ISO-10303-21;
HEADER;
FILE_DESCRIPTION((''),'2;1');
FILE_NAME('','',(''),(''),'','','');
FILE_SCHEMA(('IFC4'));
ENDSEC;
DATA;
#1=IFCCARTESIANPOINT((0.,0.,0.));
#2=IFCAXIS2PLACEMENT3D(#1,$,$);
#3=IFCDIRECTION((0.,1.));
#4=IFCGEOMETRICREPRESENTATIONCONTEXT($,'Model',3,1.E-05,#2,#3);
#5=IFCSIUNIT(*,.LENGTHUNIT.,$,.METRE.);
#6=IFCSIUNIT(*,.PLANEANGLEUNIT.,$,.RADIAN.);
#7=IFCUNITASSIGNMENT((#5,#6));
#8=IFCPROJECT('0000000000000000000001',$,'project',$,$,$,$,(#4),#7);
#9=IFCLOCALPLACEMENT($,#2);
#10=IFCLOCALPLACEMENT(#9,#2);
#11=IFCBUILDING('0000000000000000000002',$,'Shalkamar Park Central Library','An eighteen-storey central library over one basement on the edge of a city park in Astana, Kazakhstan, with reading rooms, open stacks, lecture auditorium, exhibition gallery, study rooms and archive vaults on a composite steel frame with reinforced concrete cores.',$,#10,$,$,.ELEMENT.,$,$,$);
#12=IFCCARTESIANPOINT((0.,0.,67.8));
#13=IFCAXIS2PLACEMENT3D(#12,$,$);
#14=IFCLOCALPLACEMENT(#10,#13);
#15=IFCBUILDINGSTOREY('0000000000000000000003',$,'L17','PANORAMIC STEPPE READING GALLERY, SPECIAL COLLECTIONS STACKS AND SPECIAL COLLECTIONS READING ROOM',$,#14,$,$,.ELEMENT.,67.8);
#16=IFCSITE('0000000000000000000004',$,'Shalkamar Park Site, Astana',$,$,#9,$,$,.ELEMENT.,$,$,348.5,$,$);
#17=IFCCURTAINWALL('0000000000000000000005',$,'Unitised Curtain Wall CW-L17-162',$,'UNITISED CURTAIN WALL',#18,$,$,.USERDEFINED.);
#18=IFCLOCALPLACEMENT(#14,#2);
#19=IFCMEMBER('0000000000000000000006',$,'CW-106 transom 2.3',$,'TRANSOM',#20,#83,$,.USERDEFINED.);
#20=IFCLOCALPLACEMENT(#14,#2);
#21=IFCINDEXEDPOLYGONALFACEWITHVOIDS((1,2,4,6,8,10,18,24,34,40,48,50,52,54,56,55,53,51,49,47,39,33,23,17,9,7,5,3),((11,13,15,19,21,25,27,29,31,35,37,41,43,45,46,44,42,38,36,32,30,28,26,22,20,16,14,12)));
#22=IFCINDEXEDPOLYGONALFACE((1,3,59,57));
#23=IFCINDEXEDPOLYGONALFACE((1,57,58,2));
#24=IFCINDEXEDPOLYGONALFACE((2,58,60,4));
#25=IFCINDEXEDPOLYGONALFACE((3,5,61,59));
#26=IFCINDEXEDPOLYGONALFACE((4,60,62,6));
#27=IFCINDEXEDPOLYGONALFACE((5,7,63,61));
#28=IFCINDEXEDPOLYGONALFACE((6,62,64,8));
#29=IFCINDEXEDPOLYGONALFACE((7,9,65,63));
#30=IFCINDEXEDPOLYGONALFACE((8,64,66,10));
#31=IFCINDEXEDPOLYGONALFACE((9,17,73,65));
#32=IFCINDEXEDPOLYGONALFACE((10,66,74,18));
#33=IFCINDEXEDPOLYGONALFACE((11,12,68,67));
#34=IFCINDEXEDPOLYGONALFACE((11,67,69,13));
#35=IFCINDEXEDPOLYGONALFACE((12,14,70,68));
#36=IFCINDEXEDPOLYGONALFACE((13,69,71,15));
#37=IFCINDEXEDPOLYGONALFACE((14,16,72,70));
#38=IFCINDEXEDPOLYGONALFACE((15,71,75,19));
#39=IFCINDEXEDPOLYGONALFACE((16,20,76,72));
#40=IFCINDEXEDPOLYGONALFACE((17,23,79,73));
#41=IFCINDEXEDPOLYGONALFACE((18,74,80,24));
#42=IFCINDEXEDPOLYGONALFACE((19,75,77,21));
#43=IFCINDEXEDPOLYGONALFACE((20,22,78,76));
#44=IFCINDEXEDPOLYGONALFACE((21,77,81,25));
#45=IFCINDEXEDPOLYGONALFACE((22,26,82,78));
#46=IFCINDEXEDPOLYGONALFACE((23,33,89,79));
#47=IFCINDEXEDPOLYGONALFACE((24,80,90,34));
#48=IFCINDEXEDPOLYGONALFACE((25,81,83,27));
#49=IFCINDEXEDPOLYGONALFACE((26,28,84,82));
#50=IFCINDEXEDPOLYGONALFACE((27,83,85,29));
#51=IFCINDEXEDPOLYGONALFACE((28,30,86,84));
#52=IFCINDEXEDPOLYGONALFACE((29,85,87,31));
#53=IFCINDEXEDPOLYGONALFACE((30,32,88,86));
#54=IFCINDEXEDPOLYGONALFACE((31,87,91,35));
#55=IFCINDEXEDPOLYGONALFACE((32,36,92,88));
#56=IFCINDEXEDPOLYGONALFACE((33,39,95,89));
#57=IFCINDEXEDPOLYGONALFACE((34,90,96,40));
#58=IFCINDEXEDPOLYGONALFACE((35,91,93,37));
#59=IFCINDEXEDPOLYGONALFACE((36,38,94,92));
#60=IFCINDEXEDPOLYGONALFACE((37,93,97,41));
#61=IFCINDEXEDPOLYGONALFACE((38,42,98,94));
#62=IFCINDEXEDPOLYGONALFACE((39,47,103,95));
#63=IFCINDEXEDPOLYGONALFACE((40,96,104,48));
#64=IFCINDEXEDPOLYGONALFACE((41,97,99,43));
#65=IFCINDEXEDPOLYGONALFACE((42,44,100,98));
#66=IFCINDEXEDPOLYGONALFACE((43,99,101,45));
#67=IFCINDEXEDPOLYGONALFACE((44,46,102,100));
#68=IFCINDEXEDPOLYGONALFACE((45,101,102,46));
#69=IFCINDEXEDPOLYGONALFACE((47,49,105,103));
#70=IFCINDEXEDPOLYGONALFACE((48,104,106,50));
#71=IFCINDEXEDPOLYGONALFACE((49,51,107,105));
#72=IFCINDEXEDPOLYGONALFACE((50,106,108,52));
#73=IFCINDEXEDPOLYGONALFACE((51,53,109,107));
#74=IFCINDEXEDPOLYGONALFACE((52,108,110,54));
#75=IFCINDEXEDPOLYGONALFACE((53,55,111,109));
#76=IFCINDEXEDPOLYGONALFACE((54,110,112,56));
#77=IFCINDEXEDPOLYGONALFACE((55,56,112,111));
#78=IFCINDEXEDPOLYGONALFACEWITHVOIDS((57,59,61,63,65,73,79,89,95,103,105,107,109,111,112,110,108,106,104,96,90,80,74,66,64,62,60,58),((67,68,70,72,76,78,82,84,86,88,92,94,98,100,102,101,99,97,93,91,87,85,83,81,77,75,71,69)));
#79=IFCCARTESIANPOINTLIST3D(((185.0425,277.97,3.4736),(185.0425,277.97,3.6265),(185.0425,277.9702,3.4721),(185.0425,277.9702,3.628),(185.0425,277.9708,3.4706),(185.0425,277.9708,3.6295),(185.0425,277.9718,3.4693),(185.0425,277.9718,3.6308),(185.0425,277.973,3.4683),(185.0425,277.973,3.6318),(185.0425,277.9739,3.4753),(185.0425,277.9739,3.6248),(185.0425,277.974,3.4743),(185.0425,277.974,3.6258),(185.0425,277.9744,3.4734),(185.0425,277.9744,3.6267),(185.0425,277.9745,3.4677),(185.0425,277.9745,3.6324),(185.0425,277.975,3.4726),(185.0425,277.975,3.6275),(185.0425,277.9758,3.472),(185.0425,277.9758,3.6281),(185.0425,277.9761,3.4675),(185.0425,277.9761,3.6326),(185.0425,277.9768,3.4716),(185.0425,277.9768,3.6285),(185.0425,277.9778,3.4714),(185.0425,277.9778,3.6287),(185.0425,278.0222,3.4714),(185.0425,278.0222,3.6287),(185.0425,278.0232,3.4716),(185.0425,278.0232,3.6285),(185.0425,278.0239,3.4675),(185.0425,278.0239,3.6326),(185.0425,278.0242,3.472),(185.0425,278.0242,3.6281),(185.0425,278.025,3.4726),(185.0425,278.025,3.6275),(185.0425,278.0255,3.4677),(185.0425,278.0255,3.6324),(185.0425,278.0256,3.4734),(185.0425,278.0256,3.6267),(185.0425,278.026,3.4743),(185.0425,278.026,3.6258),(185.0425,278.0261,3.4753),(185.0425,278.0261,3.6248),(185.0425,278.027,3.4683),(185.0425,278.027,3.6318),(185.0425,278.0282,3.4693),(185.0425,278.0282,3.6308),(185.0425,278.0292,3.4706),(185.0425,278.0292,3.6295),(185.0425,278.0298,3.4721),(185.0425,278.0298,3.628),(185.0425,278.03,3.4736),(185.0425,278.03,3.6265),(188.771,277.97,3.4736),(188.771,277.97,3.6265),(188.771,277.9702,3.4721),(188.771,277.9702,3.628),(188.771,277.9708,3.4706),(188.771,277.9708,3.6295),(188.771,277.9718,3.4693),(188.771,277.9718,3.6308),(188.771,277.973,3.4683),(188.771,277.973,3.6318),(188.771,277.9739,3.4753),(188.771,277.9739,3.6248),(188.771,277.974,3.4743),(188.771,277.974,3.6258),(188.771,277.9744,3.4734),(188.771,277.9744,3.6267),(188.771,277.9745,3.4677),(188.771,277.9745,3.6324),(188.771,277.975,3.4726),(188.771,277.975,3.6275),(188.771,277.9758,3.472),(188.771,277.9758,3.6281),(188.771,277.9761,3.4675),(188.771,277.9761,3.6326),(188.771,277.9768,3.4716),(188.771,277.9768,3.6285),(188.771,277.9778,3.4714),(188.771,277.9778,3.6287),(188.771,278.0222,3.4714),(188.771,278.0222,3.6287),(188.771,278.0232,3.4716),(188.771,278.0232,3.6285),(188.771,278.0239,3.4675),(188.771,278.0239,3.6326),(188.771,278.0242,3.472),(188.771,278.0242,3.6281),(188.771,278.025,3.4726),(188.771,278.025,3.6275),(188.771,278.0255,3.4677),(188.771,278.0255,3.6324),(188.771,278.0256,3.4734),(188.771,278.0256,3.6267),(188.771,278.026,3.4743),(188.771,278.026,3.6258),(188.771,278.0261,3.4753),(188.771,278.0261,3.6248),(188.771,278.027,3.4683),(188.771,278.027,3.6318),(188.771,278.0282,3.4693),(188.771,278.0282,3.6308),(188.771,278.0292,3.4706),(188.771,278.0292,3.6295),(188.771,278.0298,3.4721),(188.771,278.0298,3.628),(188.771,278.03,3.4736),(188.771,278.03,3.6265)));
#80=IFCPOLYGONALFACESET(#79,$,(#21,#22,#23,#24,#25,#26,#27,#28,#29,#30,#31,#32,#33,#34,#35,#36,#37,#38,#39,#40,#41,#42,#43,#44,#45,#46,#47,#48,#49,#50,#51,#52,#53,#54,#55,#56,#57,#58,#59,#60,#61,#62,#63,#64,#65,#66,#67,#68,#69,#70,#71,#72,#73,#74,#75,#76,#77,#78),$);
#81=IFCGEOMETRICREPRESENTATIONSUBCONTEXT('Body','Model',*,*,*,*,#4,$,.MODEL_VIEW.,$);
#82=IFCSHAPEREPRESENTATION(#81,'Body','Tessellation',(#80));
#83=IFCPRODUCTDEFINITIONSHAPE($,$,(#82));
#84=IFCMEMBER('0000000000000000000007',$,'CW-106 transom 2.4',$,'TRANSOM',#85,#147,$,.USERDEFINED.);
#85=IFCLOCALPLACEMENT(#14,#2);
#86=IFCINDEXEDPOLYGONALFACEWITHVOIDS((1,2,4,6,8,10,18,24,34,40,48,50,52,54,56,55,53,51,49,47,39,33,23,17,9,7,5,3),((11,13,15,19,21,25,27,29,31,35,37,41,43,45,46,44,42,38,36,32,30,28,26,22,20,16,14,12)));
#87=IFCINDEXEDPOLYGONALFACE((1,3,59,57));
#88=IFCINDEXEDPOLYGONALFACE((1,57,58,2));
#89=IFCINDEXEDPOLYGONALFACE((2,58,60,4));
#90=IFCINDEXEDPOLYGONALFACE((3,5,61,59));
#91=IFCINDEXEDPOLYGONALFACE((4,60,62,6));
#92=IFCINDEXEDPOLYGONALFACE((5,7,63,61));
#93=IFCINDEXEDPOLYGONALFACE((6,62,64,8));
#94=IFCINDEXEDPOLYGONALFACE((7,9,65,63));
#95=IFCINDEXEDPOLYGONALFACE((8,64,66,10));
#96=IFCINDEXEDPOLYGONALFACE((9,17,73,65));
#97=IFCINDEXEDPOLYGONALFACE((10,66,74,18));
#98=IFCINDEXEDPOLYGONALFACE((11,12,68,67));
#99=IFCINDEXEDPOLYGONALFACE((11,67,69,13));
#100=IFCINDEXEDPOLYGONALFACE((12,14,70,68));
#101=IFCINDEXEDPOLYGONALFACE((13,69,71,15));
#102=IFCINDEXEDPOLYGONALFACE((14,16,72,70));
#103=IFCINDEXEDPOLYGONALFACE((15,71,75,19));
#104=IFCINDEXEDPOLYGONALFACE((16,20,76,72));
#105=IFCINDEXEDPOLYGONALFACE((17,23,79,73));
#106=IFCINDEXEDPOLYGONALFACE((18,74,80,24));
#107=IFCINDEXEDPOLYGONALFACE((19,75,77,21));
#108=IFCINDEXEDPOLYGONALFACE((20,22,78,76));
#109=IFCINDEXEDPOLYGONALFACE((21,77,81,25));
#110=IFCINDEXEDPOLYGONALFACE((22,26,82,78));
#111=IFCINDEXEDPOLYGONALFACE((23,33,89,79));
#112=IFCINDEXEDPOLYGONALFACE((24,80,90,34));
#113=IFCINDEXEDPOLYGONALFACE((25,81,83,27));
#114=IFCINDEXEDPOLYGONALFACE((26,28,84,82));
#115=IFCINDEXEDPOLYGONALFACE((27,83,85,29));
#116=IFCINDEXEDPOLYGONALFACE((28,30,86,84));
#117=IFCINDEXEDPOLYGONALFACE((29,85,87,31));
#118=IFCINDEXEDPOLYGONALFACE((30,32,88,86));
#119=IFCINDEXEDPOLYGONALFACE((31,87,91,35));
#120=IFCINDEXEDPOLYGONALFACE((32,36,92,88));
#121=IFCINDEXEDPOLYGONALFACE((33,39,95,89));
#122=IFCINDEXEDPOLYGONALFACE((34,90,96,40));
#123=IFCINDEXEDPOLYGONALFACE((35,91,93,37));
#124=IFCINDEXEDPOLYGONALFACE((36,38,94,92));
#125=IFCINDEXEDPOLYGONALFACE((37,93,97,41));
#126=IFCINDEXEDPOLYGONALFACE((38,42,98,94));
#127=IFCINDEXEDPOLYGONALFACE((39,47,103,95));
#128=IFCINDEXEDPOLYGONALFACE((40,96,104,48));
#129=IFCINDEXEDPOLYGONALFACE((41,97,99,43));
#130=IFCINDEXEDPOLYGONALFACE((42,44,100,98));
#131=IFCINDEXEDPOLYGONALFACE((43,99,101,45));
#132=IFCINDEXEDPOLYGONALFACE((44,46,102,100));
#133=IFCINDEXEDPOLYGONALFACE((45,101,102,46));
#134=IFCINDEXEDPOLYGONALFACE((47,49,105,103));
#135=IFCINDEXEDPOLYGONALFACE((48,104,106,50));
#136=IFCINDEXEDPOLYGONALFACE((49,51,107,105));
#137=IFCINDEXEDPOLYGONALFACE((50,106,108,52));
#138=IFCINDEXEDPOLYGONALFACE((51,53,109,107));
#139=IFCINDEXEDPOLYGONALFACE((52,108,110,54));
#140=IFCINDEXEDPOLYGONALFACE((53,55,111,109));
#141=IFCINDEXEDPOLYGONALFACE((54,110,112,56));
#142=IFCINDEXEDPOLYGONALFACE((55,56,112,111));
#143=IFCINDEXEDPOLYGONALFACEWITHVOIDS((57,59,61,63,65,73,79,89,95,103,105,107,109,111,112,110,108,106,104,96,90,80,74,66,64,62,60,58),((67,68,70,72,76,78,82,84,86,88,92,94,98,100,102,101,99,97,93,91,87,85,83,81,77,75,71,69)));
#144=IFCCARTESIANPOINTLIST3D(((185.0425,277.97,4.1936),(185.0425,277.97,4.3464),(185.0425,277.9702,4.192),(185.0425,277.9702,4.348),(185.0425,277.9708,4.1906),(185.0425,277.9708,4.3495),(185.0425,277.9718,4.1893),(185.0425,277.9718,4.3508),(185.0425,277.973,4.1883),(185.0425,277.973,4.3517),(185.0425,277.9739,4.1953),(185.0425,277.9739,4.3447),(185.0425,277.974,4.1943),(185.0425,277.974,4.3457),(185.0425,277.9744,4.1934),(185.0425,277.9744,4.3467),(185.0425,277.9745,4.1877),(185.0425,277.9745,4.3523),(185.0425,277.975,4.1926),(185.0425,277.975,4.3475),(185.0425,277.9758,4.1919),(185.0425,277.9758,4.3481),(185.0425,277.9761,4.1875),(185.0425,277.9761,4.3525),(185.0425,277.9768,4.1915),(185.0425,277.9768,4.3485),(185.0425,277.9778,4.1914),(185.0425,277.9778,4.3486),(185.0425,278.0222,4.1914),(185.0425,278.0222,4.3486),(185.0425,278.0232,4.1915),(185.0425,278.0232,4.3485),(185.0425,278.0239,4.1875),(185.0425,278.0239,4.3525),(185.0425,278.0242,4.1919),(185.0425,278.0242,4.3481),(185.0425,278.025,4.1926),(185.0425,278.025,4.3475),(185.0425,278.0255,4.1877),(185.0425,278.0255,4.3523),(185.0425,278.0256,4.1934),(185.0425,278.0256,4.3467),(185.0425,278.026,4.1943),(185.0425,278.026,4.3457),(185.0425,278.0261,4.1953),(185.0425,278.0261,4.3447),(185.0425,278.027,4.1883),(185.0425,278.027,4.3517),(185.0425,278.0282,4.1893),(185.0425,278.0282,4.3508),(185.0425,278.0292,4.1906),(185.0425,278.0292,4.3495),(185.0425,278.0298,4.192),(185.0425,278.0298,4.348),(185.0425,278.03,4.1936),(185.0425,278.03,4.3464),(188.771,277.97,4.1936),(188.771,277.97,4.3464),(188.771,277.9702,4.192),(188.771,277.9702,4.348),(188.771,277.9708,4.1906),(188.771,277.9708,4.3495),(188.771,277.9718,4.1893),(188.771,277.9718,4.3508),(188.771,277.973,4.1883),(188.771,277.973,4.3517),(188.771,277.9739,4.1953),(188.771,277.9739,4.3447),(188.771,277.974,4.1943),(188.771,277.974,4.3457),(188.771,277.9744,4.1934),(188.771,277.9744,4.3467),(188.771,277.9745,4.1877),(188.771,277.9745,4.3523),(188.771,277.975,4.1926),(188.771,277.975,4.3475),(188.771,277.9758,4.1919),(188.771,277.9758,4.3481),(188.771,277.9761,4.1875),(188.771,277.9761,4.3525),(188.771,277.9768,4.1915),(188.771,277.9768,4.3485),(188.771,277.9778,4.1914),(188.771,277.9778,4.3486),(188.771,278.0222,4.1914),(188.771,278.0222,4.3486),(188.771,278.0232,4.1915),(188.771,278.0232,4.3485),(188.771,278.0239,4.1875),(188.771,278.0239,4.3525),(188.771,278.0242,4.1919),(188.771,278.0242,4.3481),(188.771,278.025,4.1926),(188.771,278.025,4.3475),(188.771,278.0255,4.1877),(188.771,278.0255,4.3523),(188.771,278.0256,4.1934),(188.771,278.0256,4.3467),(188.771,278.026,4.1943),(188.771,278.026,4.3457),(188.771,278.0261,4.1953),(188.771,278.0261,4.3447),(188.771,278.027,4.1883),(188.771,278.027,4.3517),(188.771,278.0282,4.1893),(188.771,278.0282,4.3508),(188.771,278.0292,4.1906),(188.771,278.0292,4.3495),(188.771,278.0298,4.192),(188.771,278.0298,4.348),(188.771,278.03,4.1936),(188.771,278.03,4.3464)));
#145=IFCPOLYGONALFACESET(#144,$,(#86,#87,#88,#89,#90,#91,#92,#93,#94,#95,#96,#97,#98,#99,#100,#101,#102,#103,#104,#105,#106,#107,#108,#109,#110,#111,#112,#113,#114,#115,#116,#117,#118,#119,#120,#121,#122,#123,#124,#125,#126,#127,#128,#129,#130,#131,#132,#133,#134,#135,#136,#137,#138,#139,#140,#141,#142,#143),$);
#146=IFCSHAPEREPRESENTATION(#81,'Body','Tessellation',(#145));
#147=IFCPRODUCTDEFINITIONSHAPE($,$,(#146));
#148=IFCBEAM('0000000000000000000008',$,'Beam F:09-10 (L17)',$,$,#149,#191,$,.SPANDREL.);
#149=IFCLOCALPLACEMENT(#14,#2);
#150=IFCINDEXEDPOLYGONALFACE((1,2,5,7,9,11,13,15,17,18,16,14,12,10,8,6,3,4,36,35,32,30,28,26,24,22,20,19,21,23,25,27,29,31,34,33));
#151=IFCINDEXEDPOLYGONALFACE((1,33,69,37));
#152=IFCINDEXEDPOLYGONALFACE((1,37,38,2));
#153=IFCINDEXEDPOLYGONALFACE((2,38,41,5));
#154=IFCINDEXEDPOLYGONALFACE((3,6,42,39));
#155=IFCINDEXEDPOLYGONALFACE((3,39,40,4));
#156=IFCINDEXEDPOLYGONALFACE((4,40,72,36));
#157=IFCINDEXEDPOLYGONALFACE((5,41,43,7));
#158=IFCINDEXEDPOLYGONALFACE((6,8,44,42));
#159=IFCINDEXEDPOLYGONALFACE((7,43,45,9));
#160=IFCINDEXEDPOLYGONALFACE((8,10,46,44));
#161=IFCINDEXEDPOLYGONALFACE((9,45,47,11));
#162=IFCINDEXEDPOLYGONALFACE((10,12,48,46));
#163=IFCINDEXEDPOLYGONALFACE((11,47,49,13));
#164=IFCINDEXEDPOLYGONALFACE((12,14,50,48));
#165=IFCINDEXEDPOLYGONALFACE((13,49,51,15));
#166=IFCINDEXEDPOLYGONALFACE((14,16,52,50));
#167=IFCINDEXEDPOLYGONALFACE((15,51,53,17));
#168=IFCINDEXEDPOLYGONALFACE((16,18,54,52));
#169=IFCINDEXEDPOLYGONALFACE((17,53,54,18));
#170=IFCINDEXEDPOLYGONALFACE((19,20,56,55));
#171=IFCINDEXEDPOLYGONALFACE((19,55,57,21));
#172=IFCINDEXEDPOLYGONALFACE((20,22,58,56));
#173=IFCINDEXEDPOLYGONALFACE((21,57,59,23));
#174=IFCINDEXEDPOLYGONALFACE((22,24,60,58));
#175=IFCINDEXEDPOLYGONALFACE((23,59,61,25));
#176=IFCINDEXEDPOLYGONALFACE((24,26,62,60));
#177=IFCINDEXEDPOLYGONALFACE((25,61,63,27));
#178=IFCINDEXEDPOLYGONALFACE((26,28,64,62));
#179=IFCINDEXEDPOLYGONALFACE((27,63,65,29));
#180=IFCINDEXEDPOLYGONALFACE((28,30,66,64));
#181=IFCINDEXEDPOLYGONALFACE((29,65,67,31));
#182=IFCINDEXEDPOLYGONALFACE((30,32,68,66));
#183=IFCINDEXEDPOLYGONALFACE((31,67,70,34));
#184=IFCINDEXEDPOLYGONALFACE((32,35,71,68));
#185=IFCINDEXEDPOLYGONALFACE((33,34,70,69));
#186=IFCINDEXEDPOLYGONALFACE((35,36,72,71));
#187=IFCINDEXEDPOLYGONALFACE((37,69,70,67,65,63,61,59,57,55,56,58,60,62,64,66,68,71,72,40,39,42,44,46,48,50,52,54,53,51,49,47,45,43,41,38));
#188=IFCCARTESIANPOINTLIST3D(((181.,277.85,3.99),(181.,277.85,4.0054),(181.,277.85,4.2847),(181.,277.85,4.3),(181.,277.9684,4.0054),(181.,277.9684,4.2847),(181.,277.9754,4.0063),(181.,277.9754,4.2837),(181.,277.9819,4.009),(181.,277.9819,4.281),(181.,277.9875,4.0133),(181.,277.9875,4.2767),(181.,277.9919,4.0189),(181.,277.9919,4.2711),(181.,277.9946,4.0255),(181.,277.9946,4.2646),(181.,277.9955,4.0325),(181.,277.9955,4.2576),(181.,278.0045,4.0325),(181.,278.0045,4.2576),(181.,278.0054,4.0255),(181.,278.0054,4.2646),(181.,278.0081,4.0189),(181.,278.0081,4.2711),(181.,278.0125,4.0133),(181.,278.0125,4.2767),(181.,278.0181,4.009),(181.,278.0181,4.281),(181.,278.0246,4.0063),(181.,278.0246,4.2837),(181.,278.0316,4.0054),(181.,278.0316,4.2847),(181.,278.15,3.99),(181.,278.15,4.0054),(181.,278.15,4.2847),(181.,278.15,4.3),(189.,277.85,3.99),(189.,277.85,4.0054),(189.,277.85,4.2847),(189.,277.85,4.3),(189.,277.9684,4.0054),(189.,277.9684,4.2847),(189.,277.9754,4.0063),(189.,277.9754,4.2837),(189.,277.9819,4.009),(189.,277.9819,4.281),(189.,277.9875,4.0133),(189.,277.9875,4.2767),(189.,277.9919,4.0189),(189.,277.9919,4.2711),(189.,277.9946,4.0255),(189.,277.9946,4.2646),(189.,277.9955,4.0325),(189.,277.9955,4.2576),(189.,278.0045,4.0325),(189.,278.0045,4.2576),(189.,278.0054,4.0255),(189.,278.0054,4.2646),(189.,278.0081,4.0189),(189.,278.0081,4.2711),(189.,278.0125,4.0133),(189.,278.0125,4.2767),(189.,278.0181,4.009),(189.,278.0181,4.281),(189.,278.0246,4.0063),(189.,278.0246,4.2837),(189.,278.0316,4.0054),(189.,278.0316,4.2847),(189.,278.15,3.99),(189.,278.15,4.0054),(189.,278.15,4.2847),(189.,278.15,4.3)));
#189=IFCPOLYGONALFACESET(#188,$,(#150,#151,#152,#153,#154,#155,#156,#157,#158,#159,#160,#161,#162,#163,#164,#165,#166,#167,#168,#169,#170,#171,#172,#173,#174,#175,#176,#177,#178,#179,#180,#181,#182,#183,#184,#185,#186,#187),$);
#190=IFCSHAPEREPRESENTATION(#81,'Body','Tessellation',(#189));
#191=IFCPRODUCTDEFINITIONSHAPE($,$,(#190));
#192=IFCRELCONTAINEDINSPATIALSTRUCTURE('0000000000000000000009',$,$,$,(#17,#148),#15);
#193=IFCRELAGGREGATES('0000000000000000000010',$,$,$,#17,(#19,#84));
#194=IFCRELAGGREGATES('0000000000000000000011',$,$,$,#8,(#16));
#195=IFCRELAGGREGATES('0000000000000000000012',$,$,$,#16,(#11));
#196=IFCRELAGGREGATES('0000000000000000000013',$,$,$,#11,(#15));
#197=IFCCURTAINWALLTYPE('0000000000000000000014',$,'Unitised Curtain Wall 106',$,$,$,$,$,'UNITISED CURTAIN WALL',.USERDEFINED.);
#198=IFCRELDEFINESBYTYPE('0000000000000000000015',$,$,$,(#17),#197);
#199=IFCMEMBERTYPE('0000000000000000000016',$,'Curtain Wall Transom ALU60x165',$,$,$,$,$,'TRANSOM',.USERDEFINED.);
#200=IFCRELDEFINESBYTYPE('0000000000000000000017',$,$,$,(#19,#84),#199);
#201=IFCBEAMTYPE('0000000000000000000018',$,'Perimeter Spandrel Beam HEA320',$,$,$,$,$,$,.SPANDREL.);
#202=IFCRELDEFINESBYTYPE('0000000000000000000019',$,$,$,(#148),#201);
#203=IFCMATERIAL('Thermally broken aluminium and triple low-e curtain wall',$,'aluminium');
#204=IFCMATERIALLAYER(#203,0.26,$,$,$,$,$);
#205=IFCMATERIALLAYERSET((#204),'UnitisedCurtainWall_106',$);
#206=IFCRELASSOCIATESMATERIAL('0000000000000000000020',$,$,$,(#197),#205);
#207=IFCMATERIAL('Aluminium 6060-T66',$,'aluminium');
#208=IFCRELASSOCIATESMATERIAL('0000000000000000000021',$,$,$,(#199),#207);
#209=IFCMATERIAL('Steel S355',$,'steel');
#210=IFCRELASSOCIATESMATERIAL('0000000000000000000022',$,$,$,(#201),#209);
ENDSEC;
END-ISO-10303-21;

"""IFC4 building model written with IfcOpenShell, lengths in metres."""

from ifc_helpers import new_model, si_unit, direction, frame, origin, origin_2d, place, context, subcontext, project, spatial, hollow_rectangle, i_section, extrude, material, layer, layer_set, material_profile, profile_set, type_object, element, aggregate, save


model = new_model("IFC4")

# Units and contexts
model_context = context("Model", 3, precision=1e-05, world=origin(), true_north=direction((0.0, 1.0)))
body_context = subcontext(model_context, "Body", "Model", "MODEL_VIEW")
ifc_project = project(units=[si_unit("LENGTHUNIT", "METRE"), si_unit("PLANEANGLEUNIT", "RADIAN")], contexts=[model_context])

# Site, building, storey
site_placement = place(None, origin())
site = spatial("IfcSite", under=ifc_project, at=site_placement, Name="Shalkamar Park Site, Astana", CompositionType="ELEMENT", RefElevation=348.5)
building_placement = place(site_placement, origin())
building = spatial("IfcBuilding", under=site, at=building_placement, Name="Shalkamar Park Central Library", Description="An eighteen-storey central library over one basement on the edge of a city park in Astana, Kazakhstan, with reading rooms, open stacks, lecture auditorium, exhibition gallery, study rooms and archive vaults on a composite steel frame with reinforced concrete cores.", CompositionType="ELEMENT")
storey_placement = place(building_placement, frame((0.0, 0.0, 67.8)))
storey = spatial("IfcBuildingStorey", under=building, at=storey_placement, Name="L17", Description="PANORAMIC STEPPE READING GALLERY, SPECIAL COLLECTIONS STACKS AND SPECIAL COLLECTIONS READING ROOM", CompositionType="ELEMENT", Elevation=67.8)

# Shared definitions
ifc_material_1 = material(Name="Steel S355", Category="steel")

# Curtain wall, members
ifc_material_2 = material(Name="Thermally broken aluminium and triple low-e curtain wall", Category="aluminium")
ifc_layer_1 = layer(ifc_material_2, 0.26)
ifc_layer_set_1 = layer_set([ifc_layer_1], Name="UnitisedCurtainWall_106")
curtain_wall_type = type_object("IfcCurtainWallType", Name="Unitised Curtain Wall 106", ElementType="UNITISED CURTAIN WALL", PredefinedType="USERDEFINED", material=ifc_layer_set_1)
curtain_wall_placement = place(storey_placement, origin())
curtain_wall = element("IfcCurtainWall", 1, at=curtain_wall_placement, inside=storey, type_object=curtain_wall_type, Name="Unitised Curtain Wall CW-L17-162", ObjectType="UNITISED CURTAIN WALL", PredefinedType="USERDEFINED")
ifc_material_3 = material(Name="Aluminium 6060-T66", Category="aluminium")
ifc_material_profile_1 = material_profile(ifc_material_3, hollow_rectangle(XDim=0.0601, YDim=0.165, WallThickness=0.0039, InnerFilletRadius=0.0039, OuterFilletRadius=0.0061, at=origin_2d()), Name="ALU 60x165x4")
ifc_profile_set_1 = profile_set([ifc_material_profile_1], Name="Aluminium 6060-T66")
member_type_1 = type_object("IfcMemberType", Name="Curtain Wall Transom ALU60x165", ElementType="TRANSOM", PredefinedType="USERDEFINED", material=ifc_profile_set_1)
member_1_placement = place(storey_placement, frame((185.0425, 278.0, 3.55), z_axis=(1.0, 0.0, 0.0), x_axis=(0.0, 1.0, 0.0)))
member_1 = element("IfcMember", 2, at=member_1_placement, type_object=member_type_1, Name="CW-106 transom 2.3", ObjectType="TRANSOM", PredefinedType="USERDEFINED", context=body_context, shape_type="SweptSolid", body=[
    extrude(hollow_rectangle(XDim=0.0601, YDim=0.165, WallThickness=0.0039, InnerFilletRadius=0.0039, OuterFilletRadius=0.0061, at=origin_2d()), origin(), (0.0, 0.0, 1.0), 3.7285),
])
member_2_placement = place(storey_placement, frame((185.0425, 278.0, 4.27), z_axis=(1.0, 0.0, 0.0), x_axis=(0.0, 1.0, 0.0)))
member_2 = element("IfcMember", 3, at=member_2_placement, type_object=member_type_1, Name="CW-106 transom 2.4", ObjectType="TRANSOM", PredefinedType="USERDEFINED", context=body_context, shape_type="SweptSolid", body=[
    extrude(hollow_rectangle(XDim=0.0601, YDim=0.165, WallThickness=0.0039, InnerFilletRadius=0.0039, OuterFilletRadius=0.0061, at=origin_2d()), origin(), (0.0, 0.0, 1.0), 3.7285),
])

# Beam
ifc_material_profile_2 = material_profile(ifc_material_1, i_section(OverallWidth=0.3, OverallDepth=0.3101, WebThickness=0.009, FlangeThickness=0.0154, FilletRadius=0.0271, at=origin_2d()), Name="HEA 320")
ifc_profile_set_2 = profile_set([ifc_material_profile_2], Name="Steel S355")
beam_type_1 = type_object("IfcBeamType", Name="Perimeter Spandrel Beam HEA320", PredefinedType="SPANDREL", material=ifc_profile_set_2)
beam_1_placement = place(storey_placement, frame((181.0, 278.0, 4.145), z_axis=(1.0, 0.0, 0.0), x_axis=(0.0, 1.0, 0.0)))
element("IfcBeam", 4, at=beam_1_placement, inside=storey, type_object=beam_type_1, Name="Beam F:09-10 (L17)", PredefinedType="SPANDREL", context=body_context, shape_type="SweptSolid", body=[
    extrude(i_section(OverallWidth=0.3, OverallDepth=0.3101, WebThickness=0.009, FlangeThickness=0.0154, FilletRadius=0.0271, at=origin_2d()), origin(), (0.0, 0.0, 1.0), 8.0),
])

aggregate(curtain_wall, [member_1, member_2])

save(model, "model.ifc")
